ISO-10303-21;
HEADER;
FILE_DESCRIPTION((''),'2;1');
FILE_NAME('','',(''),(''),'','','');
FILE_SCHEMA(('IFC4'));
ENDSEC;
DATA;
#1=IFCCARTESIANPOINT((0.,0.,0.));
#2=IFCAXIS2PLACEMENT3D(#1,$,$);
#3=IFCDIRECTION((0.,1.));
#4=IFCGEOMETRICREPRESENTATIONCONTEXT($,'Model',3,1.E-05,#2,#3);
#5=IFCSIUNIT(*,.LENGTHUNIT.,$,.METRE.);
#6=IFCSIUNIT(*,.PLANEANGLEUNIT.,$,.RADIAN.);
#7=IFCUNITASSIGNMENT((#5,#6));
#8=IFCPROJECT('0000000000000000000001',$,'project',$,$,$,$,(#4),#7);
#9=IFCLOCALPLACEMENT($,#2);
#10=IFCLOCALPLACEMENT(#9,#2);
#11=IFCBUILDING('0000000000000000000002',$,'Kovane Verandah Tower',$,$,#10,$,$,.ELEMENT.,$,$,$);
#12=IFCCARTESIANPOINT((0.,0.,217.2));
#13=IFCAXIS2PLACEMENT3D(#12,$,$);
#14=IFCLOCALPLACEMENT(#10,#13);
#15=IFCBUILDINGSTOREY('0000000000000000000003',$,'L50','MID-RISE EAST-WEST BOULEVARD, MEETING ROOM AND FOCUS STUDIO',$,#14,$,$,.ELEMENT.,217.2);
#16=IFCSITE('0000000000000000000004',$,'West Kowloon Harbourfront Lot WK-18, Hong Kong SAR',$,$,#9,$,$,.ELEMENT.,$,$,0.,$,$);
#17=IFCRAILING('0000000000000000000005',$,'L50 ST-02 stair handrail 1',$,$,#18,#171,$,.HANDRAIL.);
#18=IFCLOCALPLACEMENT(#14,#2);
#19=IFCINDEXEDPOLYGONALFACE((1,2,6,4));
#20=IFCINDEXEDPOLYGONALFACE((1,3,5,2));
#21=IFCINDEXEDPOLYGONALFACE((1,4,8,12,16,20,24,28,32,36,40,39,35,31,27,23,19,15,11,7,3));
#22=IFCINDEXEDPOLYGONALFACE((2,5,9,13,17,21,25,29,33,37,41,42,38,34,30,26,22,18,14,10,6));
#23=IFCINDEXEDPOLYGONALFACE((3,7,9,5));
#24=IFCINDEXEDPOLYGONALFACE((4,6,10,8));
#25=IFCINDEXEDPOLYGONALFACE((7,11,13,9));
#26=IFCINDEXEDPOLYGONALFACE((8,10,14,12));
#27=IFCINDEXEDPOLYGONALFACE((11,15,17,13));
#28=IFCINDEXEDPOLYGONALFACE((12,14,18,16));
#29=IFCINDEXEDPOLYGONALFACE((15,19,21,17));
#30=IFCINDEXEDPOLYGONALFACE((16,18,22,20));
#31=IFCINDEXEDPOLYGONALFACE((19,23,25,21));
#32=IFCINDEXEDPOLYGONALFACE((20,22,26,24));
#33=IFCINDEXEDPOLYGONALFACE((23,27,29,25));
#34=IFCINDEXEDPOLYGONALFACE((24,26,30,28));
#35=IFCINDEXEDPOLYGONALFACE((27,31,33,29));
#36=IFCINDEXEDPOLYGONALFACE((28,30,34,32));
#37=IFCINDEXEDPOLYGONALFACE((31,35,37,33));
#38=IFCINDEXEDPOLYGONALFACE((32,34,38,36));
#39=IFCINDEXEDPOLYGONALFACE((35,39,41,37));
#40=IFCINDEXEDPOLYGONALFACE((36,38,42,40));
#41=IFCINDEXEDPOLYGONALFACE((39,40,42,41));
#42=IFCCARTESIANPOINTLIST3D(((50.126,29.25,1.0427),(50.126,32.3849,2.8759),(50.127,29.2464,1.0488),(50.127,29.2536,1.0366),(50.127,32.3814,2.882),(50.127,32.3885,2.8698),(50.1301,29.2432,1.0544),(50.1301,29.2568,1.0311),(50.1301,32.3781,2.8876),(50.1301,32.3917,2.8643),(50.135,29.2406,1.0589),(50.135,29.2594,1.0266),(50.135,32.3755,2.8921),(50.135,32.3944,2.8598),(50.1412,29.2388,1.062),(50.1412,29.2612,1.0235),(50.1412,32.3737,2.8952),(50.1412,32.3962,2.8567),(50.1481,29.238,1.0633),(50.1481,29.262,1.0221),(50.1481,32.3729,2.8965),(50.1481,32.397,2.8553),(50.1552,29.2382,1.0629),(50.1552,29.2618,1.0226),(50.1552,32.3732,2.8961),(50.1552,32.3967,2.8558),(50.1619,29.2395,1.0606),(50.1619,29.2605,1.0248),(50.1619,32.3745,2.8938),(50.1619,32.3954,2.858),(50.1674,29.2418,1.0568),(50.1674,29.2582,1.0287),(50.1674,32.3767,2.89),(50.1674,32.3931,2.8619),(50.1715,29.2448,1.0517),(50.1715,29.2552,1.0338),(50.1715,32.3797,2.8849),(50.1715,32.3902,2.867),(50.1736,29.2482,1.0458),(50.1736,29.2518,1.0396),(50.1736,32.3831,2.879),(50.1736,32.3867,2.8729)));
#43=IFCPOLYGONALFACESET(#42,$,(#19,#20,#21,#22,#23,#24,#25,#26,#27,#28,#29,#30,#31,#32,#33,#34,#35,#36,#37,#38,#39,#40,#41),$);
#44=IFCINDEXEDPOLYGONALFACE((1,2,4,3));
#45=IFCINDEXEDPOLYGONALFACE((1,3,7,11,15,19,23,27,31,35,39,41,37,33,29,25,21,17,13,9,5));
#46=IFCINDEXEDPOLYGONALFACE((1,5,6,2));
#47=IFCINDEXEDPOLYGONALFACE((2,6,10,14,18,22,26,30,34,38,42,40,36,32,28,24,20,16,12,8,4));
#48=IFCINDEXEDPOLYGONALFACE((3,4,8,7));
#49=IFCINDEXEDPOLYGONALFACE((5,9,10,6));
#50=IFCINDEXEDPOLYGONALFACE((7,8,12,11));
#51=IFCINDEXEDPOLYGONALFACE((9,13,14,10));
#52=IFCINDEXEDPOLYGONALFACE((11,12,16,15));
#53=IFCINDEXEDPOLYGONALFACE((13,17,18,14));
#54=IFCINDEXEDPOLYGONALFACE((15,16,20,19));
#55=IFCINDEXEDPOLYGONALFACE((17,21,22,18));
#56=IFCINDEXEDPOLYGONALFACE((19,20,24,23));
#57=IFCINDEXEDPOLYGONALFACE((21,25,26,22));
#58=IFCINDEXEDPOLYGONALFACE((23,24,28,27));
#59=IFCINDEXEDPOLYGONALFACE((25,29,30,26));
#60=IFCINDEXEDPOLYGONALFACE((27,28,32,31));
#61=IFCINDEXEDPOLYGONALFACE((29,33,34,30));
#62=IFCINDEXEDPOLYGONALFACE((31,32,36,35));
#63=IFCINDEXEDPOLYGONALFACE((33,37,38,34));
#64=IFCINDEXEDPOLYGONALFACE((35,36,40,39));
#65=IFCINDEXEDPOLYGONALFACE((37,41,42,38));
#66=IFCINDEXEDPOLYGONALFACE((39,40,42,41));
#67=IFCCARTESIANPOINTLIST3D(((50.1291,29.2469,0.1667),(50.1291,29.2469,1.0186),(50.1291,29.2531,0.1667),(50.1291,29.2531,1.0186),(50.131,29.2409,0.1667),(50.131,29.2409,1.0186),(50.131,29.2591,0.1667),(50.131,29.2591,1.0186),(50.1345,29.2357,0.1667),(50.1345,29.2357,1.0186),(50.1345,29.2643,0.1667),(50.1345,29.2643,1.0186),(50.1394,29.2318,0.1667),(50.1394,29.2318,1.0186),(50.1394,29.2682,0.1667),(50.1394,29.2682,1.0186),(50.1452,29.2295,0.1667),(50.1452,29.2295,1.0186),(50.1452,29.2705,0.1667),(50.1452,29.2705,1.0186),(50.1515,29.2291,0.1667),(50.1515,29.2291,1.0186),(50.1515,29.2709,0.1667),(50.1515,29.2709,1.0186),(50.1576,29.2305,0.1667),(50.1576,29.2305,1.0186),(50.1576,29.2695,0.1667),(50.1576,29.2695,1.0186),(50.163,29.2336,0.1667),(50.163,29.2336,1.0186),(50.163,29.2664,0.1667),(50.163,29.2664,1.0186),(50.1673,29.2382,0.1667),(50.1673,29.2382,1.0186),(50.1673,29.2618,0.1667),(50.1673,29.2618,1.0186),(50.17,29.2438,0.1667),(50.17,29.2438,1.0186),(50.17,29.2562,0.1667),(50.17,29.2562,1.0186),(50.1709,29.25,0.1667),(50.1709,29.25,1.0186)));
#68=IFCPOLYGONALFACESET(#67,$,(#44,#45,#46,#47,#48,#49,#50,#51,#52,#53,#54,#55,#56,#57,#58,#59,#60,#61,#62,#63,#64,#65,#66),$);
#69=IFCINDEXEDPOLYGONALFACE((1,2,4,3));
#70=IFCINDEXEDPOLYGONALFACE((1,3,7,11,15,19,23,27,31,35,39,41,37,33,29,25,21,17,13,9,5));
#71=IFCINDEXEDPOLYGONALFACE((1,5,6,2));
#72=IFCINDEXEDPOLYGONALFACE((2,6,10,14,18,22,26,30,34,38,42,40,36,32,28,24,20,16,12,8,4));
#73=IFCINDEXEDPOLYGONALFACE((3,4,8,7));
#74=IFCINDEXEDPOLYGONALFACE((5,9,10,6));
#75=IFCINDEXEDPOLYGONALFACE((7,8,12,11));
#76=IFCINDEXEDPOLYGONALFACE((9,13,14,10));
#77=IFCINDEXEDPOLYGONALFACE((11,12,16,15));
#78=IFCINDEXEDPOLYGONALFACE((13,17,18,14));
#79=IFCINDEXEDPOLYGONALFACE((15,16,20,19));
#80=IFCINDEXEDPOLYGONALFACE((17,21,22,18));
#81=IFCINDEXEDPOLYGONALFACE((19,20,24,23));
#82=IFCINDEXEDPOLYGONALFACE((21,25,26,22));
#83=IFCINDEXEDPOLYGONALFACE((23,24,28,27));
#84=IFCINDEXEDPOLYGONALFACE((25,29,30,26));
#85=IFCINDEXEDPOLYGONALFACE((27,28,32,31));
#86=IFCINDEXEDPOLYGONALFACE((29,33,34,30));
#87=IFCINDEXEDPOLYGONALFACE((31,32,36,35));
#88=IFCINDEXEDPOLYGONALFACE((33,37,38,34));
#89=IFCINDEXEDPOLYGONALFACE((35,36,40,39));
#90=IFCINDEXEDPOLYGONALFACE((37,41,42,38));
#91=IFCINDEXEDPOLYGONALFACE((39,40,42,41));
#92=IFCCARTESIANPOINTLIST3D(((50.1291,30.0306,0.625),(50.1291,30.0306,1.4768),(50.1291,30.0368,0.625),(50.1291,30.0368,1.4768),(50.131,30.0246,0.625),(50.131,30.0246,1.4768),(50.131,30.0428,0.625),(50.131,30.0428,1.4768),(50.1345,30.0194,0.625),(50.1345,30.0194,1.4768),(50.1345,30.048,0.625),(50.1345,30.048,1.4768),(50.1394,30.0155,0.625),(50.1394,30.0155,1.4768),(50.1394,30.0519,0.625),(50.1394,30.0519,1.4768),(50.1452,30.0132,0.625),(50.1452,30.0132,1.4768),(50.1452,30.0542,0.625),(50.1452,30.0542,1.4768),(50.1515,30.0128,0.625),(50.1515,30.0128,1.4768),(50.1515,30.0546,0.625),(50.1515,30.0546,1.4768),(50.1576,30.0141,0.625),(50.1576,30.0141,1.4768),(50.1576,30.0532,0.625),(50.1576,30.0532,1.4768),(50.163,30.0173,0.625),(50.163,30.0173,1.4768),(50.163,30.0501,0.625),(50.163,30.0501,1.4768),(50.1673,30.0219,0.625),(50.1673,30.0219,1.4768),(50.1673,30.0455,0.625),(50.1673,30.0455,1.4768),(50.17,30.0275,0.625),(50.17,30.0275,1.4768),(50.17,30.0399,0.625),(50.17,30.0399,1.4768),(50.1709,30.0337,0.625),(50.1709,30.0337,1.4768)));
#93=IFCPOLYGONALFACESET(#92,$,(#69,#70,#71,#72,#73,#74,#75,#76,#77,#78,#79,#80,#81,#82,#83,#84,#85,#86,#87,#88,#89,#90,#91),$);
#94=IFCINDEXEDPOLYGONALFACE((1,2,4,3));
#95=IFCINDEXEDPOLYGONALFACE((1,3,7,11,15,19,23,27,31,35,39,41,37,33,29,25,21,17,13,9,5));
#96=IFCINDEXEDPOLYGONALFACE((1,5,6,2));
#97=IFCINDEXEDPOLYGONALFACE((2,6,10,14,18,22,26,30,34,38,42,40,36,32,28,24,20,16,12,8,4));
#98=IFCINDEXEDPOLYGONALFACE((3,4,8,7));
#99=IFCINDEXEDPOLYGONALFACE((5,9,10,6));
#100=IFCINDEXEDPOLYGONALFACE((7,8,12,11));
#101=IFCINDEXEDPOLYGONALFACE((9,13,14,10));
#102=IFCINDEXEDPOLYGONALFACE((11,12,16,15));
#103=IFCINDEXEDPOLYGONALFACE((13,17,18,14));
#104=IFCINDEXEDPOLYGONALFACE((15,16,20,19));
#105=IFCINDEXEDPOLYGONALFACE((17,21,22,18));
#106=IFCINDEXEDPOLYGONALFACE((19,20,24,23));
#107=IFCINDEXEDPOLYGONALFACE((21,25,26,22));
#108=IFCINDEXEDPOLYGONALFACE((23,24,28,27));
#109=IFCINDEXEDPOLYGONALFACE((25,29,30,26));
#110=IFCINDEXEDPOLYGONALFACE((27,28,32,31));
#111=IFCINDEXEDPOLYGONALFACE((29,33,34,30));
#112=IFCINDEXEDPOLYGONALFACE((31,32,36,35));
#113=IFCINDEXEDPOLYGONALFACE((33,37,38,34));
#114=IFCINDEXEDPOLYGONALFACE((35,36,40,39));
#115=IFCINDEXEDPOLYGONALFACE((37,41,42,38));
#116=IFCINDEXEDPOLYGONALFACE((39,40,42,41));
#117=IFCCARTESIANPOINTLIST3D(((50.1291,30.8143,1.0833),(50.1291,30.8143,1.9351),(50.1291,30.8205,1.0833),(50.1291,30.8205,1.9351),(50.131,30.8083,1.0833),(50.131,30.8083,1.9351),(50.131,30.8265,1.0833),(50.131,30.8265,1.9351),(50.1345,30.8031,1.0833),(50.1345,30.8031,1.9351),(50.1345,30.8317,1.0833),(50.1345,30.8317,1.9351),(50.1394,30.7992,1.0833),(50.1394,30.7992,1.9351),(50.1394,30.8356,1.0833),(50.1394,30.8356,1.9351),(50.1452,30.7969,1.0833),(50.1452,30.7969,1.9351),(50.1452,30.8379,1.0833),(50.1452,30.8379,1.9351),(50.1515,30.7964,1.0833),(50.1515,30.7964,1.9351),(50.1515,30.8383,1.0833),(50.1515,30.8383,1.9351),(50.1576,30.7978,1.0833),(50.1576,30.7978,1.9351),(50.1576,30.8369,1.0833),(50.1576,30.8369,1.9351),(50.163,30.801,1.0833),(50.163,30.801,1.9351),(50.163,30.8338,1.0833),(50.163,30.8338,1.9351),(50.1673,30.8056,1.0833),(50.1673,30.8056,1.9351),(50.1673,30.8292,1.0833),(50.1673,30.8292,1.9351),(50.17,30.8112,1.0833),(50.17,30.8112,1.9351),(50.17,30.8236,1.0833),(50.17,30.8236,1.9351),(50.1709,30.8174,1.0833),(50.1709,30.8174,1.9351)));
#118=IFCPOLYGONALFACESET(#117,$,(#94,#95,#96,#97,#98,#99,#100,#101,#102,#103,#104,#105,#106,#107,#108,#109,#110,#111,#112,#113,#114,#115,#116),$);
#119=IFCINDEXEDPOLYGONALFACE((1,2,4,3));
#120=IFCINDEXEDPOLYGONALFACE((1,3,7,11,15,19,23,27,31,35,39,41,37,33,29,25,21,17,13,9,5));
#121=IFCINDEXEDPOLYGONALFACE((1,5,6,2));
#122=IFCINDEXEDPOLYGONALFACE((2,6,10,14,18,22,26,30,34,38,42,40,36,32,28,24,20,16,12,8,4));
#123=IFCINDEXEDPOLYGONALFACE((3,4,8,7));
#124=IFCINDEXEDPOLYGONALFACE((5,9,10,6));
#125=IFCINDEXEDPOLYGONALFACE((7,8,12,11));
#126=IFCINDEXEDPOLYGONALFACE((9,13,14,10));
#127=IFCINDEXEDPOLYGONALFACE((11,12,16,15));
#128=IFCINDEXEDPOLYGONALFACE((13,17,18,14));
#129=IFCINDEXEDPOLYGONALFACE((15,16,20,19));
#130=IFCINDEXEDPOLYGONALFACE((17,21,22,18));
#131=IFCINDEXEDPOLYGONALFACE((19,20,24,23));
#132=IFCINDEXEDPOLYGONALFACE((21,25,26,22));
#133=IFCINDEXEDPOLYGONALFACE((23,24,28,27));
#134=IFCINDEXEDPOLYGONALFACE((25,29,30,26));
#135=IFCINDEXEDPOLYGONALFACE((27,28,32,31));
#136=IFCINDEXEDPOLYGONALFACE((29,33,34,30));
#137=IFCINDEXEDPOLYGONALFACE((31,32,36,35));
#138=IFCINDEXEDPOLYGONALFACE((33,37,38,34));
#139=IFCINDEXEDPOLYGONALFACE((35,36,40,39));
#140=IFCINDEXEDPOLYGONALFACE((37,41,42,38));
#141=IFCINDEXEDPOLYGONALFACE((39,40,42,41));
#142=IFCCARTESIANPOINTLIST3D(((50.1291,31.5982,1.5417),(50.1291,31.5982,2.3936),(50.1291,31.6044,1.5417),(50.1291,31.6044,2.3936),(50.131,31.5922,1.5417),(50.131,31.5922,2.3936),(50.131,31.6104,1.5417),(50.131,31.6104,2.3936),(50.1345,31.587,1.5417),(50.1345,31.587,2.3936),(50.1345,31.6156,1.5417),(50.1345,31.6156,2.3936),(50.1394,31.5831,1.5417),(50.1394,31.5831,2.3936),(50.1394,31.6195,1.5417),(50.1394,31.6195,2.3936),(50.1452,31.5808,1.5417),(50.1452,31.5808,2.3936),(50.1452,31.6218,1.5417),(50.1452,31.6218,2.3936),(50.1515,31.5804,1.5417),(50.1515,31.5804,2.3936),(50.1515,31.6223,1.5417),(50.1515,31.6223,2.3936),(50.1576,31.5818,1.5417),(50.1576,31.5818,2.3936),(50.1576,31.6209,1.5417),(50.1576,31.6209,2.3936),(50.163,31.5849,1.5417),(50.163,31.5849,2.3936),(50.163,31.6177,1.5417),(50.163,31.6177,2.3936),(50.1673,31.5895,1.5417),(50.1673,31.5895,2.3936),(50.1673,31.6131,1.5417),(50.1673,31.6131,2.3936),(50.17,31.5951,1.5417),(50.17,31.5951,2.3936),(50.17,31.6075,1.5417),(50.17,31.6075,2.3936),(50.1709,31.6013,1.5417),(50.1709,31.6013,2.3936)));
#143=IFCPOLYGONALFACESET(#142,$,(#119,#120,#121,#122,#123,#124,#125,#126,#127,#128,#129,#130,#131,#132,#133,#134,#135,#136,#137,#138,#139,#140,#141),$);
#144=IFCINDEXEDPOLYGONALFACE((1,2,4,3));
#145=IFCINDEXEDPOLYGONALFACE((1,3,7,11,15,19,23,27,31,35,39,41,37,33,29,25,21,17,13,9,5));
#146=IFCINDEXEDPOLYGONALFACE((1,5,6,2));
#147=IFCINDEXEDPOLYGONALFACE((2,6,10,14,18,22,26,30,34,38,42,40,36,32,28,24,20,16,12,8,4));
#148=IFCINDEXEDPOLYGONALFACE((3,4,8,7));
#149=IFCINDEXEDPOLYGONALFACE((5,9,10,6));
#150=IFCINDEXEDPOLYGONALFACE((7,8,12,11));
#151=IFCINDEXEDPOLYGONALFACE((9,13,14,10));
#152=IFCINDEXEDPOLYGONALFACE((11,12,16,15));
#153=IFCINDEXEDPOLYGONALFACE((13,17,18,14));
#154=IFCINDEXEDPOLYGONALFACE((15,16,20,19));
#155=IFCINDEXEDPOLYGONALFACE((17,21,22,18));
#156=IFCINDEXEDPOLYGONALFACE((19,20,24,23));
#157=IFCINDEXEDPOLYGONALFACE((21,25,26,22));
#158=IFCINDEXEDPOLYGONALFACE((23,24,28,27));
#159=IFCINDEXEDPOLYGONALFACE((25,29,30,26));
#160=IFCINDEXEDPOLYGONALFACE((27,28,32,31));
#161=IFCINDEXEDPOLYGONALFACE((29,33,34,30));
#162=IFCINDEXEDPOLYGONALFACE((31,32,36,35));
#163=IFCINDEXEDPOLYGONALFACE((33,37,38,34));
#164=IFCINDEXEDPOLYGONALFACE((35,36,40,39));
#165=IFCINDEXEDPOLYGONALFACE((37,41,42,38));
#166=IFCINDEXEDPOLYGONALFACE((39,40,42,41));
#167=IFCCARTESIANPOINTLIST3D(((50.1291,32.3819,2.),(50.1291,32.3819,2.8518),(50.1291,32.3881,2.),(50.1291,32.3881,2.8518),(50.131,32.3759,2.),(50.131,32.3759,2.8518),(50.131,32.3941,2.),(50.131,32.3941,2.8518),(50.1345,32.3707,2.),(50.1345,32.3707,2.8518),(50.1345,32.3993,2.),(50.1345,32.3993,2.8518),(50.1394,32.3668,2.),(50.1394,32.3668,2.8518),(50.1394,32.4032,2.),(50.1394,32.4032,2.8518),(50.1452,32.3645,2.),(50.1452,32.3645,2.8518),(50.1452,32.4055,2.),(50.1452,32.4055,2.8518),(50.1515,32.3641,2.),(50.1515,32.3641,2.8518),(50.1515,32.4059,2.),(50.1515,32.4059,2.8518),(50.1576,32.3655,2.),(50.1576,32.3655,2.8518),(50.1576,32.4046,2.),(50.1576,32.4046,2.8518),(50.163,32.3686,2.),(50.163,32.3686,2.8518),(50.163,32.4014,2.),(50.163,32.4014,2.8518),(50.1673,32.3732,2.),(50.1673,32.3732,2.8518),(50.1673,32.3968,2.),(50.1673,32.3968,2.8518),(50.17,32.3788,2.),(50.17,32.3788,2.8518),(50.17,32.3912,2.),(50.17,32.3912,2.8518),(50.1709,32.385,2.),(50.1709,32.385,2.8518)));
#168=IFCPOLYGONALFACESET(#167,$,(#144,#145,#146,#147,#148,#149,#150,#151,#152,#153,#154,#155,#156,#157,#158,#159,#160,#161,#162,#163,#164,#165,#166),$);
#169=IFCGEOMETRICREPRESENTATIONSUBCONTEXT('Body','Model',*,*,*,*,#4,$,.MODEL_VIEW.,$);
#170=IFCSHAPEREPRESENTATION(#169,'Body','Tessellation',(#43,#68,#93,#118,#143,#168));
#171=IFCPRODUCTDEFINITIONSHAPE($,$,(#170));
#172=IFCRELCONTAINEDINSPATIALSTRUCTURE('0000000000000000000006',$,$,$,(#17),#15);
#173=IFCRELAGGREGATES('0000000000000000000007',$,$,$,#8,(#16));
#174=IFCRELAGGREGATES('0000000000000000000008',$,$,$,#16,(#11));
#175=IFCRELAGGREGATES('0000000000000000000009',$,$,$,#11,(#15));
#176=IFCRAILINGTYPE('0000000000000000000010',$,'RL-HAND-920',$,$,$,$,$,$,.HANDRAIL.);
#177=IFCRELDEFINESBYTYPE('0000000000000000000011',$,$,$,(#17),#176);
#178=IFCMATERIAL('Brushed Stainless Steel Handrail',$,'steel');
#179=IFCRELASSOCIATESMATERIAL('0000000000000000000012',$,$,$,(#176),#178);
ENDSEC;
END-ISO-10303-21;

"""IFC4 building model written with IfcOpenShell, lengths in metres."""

from ifc_helpers import new_model, si_unit, direction, frame, origin, origin_2d, place, context, subcontext, project, spatial, circle, extrude, material, type_object, element, save


model = new_model("IFC4")

# Units and contexts
model_context = context("Model", 3, precision=1e-05, world=origin(), true_north=direction((0.0, 1.0)))
body_context = subcontext(model_context, "Body", "Model", "MODEL_VIEW")
ifc_project = project(units=[si_unit("LENGTHUNIT", "METRE"), si_unit("PLANEANGLEUNIT", "RADIAN")], contexts=[model_context])

# Site, building, storey
site_placement = place(None, origin())
site = spatial("IfcSite", under=ifc_project, at=site_placement, Name="West Kowloon Harbourfront Lot WK-18, Hong Kong SAR", CompositionType="ELEMENT", RefElevation=0.0)
building_placement = place(site_placement, origin())
building = spatial("IfcBuilding", under=site, at=building_placement, Name="Kovane Verandah Tower", CompositionType="ELEMENT")
storey_placement = place(building_placement, frame((0.0, 0.0, 217.2)))
storey = spatial("IfcBuildingStorey", under=building, at=storey_placement, Name="L50", Description="MID-RISE EAST-WEST BOULEVARD, MEETING ROOM AND FOCUS STUDIO", CompositionType="ELEMENT", Elevation=217.2)

# Railing
ifc_material_1 = material(Name="Brushed Stainless Steel Handrail", Category="steel")
railing_type_1 = type_object("IfcRailingType", Name="RL-HAND-920", PredefinedType="HANDRAIL", material=ifc_material_1)
railing_1_placement = place(storey_placement, frame((50.1499, 29.25, 0.1667)))
element("IfcRailing", 1, at=railing_1_placement, inside=storey, type_object=railing_type_1, Name="L50 ST-02 stair handrail 1", PredefinedType="HANDRAIL", context=body_context, shape_type="SweptSolid", body=[
    extrude(circle(Radius=0.0239, at=origin_2d()), frame((0.0, 0.0, 0.876), z_axis=(0.0, 0.86324, 0.504794), x_axis=(-1.0, 0.0, 0.0)), (0.0, 0.0, 1.0), 3.6316),
    extrude(circle(Radius=0.021, at=origin_2d()), origin(), (0.0, 0.0, 1.0), 0.8518),
    extrude(circle(Radius=0.021, at=origin_2d()), frame((0.0, 0.7837, 0.4583)), (0.0, 0.0, 1.0), 0.8518),
    extrude(circle(Radius=0.021, at=origin_2d()), frame((0.0, 1.5674, 0.9165)), (0.0, 0.0, 1.0), 0.8518),
    extrude(circle(Radius=0.021, at=origin_2d()), frame((0.0, 2.3513, 1.375)), (0.0, 0.0, 1.0), 0.8518),
    extrude(circle(Radius=0.021, at=origin_2d()), frame((0.0, 3.135, 1.8333)), (0.0, 0.0, 1.0), 0.8518),
])

save(model, "model.ifc")
